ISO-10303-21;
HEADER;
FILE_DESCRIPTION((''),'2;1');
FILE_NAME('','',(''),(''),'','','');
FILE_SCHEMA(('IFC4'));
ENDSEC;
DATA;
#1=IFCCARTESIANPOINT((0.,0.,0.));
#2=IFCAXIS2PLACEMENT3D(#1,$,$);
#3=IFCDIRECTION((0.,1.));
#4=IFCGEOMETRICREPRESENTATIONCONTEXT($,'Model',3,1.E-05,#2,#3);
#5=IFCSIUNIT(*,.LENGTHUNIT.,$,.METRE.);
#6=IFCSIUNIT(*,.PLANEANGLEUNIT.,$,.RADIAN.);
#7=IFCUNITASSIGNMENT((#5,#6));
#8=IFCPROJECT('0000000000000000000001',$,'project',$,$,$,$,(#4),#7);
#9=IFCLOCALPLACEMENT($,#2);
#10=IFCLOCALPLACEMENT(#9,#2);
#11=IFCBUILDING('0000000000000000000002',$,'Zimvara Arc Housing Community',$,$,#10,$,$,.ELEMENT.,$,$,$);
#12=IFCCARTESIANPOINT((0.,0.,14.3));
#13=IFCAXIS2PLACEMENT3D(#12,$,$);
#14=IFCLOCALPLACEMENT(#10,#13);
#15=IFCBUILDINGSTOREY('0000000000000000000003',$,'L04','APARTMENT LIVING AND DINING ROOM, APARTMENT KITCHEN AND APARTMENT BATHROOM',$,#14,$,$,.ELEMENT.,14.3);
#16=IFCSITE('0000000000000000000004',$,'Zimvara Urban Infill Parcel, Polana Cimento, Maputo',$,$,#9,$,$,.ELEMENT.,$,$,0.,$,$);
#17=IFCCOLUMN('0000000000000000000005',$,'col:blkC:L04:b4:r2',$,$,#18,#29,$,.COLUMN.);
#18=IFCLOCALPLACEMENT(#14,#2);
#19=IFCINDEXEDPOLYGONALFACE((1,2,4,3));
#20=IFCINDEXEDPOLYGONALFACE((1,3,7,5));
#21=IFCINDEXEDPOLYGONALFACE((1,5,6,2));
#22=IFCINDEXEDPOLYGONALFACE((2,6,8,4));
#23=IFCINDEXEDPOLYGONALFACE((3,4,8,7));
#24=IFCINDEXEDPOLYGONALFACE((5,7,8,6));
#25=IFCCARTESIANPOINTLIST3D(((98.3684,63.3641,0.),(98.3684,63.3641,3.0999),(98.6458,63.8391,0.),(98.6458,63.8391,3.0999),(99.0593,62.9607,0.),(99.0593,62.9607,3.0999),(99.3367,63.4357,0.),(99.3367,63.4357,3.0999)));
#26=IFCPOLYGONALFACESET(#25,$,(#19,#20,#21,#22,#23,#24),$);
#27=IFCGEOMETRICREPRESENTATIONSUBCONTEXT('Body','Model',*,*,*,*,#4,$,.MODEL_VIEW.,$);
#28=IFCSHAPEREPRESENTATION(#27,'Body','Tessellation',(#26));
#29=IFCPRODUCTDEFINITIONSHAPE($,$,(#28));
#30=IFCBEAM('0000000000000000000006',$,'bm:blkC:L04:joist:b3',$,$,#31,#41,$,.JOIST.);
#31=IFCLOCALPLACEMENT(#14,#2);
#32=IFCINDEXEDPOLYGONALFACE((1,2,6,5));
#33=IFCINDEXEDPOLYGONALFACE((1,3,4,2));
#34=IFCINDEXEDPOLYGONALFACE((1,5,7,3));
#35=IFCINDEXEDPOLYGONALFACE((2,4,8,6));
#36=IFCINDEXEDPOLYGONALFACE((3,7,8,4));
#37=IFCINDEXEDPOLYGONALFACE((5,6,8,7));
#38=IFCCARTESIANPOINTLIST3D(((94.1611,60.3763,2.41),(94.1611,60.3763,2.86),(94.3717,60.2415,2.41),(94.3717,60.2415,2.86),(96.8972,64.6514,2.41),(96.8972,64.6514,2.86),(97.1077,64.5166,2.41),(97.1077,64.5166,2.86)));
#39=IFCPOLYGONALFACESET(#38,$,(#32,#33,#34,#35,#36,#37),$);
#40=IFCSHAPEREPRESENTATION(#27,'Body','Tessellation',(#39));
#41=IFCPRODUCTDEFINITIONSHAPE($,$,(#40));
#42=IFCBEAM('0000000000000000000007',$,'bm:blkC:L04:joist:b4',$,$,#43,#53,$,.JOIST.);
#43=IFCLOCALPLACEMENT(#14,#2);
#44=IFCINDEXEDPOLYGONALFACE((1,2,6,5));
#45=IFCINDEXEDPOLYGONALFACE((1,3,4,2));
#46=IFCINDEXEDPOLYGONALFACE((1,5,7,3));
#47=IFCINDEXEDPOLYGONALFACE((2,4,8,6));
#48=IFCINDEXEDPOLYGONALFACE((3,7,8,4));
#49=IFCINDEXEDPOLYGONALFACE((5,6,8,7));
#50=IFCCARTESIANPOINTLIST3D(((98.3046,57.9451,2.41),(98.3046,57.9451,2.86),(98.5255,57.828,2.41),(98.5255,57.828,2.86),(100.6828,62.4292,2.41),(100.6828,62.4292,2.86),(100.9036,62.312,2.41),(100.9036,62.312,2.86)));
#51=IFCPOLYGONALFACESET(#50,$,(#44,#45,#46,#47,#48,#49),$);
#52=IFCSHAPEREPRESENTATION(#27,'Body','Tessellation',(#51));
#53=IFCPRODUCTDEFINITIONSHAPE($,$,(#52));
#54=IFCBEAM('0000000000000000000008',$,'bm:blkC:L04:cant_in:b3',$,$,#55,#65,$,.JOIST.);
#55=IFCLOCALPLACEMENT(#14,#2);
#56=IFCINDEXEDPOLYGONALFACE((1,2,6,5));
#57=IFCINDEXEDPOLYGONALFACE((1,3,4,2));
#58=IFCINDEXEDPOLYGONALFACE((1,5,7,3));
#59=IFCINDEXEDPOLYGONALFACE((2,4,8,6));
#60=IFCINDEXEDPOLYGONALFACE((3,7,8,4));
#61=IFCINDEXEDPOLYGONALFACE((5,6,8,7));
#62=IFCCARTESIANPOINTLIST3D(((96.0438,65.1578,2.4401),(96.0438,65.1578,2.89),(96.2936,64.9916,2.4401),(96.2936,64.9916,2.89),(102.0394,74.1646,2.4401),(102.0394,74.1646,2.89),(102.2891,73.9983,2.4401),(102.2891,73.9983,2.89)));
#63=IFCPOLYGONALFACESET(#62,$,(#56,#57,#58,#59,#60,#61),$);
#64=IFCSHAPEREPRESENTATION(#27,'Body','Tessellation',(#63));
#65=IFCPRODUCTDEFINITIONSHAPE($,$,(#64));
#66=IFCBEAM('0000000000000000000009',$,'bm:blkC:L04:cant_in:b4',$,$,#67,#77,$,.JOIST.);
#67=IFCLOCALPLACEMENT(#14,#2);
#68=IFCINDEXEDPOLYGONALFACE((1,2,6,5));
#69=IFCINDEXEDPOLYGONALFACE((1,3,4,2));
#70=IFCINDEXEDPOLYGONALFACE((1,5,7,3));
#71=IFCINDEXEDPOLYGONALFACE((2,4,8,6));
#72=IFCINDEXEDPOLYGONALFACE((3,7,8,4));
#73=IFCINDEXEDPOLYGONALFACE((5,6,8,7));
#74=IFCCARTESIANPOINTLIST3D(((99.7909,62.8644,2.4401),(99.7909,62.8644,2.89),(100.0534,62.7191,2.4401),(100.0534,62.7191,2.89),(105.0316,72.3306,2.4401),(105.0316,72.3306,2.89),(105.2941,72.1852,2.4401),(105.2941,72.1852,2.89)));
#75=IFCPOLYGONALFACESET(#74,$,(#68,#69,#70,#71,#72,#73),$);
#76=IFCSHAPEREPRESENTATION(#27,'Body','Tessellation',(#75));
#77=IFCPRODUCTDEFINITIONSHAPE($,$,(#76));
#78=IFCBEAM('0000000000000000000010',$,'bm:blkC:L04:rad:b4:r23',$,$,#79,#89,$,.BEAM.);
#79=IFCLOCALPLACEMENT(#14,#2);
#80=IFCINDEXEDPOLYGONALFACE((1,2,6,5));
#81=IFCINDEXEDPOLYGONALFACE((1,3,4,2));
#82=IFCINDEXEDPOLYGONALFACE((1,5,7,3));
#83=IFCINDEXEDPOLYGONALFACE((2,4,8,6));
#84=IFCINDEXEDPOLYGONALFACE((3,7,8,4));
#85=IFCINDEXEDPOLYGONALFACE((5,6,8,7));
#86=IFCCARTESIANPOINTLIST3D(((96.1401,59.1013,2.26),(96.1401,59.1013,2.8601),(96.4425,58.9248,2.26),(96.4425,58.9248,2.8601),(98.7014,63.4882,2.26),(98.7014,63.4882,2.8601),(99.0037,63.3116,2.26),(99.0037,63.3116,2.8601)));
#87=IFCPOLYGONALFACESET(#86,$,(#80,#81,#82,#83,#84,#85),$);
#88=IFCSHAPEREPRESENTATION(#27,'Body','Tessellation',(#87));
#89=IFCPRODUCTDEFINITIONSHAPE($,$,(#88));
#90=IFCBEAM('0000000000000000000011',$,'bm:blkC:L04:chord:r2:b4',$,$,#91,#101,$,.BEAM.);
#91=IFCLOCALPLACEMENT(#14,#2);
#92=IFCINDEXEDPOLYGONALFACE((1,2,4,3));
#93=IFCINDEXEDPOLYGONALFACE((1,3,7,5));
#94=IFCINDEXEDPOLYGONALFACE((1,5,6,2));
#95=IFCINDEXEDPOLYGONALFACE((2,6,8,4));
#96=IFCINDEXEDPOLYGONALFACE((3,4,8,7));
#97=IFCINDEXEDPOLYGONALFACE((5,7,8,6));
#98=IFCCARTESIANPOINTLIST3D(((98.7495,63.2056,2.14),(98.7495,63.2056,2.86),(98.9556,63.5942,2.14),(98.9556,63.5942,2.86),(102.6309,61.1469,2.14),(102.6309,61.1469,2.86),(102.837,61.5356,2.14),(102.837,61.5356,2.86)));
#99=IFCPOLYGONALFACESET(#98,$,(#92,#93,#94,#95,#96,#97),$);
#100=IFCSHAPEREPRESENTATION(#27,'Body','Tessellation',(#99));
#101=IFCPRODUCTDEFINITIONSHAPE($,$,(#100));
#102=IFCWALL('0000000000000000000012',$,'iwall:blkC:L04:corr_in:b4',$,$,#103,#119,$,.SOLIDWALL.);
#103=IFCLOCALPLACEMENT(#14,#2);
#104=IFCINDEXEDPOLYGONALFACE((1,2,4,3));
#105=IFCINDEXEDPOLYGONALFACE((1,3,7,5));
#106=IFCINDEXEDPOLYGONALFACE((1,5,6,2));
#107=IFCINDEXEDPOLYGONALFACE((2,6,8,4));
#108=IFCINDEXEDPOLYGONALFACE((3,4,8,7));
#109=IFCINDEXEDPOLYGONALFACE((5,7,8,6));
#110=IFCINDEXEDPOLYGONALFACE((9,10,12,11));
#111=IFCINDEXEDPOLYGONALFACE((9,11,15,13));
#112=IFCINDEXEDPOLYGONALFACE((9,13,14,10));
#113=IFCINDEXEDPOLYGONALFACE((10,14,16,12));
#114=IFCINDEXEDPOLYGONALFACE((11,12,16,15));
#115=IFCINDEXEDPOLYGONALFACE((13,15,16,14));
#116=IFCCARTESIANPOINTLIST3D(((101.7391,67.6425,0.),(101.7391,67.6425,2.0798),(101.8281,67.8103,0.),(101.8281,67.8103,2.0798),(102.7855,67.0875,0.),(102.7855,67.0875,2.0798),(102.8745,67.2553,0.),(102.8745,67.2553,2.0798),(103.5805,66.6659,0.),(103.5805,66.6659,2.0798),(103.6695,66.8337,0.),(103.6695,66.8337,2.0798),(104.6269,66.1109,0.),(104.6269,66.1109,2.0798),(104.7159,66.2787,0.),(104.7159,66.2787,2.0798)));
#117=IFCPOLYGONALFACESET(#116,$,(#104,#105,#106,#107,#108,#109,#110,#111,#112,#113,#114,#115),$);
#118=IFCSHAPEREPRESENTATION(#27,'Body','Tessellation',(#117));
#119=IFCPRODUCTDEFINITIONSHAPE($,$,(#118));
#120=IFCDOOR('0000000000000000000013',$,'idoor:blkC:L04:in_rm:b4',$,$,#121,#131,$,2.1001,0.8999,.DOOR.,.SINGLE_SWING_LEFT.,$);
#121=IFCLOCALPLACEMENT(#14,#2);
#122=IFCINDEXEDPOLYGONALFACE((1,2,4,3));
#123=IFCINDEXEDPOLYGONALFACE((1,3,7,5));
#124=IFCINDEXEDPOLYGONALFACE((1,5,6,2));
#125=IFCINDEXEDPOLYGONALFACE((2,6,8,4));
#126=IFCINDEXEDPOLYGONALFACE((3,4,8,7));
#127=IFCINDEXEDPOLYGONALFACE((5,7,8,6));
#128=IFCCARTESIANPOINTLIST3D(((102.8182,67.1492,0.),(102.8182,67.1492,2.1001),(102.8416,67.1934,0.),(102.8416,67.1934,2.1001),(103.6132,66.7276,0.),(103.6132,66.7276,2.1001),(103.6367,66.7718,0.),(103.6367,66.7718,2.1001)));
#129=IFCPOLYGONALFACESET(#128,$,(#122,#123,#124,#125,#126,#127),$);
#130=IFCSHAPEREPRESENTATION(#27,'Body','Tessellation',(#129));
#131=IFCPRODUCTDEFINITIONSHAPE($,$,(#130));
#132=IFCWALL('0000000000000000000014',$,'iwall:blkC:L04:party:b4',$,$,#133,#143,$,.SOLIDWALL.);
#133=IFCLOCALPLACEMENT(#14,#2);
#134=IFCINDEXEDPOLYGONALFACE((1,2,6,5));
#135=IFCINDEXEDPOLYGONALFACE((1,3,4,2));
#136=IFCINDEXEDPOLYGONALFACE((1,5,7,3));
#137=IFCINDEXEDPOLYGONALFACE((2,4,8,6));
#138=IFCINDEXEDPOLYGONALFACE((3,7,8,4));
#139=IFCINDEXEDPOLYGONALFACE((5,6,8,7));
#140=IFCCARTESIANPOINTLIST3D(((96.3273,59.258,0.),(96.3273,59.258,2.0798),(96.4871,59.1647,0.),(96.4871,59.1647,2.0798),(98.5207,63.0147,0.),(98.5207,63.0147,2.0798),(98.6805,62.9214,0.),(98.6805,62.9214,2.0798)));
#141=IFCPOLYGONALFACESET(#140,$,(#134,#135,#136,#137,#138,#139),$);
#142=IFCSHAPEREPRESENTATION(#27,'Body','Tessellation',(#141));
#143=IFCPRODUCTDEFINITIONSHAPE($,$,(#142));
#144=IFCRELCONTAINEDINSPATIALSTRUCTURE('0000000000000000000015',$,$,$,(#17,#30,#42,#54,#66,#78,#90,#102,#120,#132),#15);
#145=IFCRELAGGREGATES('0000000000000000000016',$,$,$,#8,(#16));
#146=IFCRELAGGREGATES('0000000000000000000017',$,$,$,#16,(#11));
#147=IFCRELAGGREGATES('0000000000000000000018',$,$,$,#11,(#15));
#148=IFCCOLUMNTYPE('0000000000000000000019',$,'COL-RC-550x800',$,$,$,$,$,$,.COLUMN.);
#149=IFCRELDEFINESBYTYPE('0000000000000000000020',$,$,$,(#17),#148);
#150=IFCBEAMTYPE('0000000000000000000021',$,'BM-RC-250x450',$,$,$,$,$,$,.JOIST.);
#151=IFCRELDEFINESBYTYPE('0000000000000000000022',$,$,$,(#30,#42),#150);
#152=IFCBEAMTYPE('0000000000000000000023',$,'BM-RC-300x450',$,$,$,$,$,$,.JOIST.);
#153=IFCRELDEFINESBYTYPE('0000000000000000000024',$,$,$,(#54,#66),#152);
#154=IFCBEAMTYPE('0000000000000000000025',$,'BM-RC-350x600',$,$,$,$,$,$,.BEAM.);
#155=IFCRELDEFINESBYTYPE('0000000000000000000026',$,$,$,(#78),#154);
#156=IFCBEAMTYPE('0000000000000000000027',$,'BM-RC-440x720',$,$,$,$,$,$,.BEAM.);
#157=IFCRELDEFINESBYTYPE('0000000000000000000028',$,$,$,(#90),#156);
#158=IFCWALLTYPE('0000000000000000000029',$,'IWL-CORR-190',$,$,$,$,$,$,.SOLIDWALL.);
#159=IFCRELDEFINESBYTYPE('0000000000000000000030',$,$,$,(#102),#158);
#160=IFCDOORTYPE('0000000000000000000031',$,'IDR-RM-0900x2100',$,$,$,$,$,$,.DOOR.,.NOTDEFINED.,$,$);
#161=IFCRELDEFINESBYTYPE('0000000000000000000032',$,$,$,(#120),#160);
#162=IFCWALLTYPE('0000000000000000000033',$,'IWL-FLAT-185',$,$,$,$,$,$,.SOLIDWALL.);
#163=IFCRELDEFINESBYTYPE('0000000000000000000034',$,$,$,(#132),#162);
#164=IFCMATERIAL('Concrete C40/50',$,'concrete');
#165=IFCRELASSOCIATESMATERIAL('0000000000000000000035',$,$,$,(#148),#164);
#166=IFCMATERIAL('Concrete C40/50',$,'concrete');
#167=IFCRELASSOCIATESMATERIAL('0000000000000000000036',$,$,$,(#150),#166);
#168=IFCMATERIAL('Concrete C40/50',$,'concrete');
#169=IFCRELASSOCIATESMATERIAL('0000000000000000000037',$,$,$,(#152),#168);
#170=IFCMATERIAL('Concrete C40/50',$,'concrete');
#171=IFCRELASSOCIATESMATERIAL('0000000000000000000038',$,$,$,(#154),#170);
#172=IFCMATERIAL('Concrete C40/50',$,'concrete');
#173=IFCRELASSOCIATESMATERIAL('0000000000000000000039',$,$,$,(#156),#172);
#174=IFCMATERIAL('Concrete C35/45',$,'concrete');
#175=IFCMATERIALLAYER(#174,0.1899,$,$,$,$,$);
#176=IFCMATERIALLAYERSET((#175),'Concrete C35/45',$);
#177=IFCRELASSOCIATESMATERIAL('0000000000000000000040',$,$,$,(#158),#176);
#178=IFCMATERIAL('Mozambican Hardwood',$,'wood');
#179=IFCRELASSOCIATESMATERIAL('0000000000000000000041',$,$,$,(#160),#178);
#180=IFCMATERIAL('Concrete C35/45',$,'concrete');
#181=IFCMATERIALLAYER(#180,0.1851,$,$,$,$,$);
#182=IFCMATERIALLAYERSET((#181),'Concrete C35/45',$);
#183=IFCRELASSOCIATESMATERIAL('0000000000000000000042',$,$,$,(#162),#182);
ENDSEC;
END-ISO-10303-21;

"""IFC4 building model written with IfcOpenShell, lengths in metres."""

from ifc_helpers import new_model, si_unit, direction, frame, frame_2d, origin, origin_2d, place, context, subcontext, project, spatial, rectangle, extrude, material, layer, layer_set, material_profile, profile_set, type_object, element, fill, save


model = new_model("IFC4")

# Units and contexts
model_context = context("Model", 3, precision=1e-05, world=origin(), true_north=direction((0.0, 1.0)))
body_context = subcontext(model_context, "Body", "Model", "MODEL_VIEW")
ifc_project = project(units=[si_unit("LENGTHUNIT", "METRE"), si_unit("PLANEANGLEUNIT", "RADIAN")], contexts=[model_context])

# Site, building, storey
site_placement = place(None, origin())
site = spatial("IfcSite", under=ifc_project, at=site_placement, Name="Zimvara Urban Infill Parcel, Polana Cimento, Maputo", CompositionType="ELEMENT", RefElevation=0.0)
building_placement = place(site_placement, origin())
building = spatial("IfcBuilding", under=site, at=building_placement, Name="Zimvara Arc Housing Community", CompositionType="ELEMENT")
storey_placement = place(building_placement, frame((0.0, 0.0, 14.3)))
storey = spatial("IfcBuildingStorey", under=building, at=storey_placement, Name="L04", Description="APARTMENT LIVING AND DINING ROOM, APARTMENT KITCHEN AND APARTMENT BATHROOM", CompositionType="ELEMENT", Elevation=14.3)

# Column
ifc_material_1 = material(Name="Concrete C40/50", Category="concrete")
ifc_material_profile_1 = material_profile(ifc_material_1, rectangle(XDim=0.55, YDim=0.8, at=origin_2d()), Name="RC 550x800")
ifc_profile_set_1 = profile_set([ifc_material_profile_1], Name="Concrete C40/50")
column_type = type_object("IfcColumnType", Name="COL-RC-550x800", PredefinedType="COLUMN", material=ifc_profile_set_1)
column_placement = place(storey_placement, frame((98.8525, 63.3999, 0.0), z_axis=(0.0, 0.0, 1.0), x_axis=(-0.504226, -0.863572, 0.0)))
element("IfcColumn", 1, at=column_placement, inside=storey, type_object=column_type, Name="col:blkC:L04:b4:r2", PredefinedType="COLUMN", context=body_context, shape_type="SweptSolid", body=[
    extrude(rectangle(XDim=0.55, YDim=0.8, at=origin_2d()), origin(), (0.0, 0.0, 1.0), 3.0999),
])

# Beams
ifc_material_2 = material(Name="Concrete C40/50", Category="concrete")
ifc_material_profile_2 = material_profile(ifc_material_2, rectangle(XDim=0.25, YDim=0.45, at=origin_2d()), Name="RC 250x450")
ifc_profile_set_2 = profile_set([ifc_material_profile_2], Name="Concrete C40/50")
beam_type_1 = type_object("IfcBeamType", Name="BM-RC-250x450", PredefinedType="JOIST", material=ifc_profile_set_2)
for number, where, z_axis, x_axis, name in (
    (2, (97.0024, 64.584, 2.635), (-0.539052, -0.842272, 0.0), (0.842272, -0.539052, 0.0), "bm:blkC:L04:joist:b3"),
    (3, (100.7932, 62.3706, 2.635), (-0.468537, -0.883444, 0.0), (0.883444, -0.468537, 0.0), "bm:blkC:L04:joist:b4"),
):
    element("IfcBeam", number, at=place(storey_placement, frame(where, z_axis=z_axis, x_axis=x_axis)), inside=storey, type_object=beam_type_1, Name=name, PredefinedType="JOIST", context=body_context, shape_type="SweptSolid", body=[
        extrude(rectangle(XDim=0.25, YDim=0.45, at=origin_2d()), origin(), (0.0, 0.0, 1.0), 5.0757),
    ])
ifc_material_3 = material(Name="Concrete C40/50", Category="concrete")
ifc_material_profile_3 = material_profile(ifc_material_3, rectangle(XDim=0.3, YDim=0.45, at=origin_2d()), Name="RC 300x450")
ifc_profile_set_3 = profile_set([ifc_material_profile_3], Name="Concrete C40/50")
beam_type_2 = type_object("IfcBeamType", Name="BM-RC-300x450", PredefinedType="JOIST", material=ifc_profile_set_3)
beam_1_placement = place(storey_placement, frame((96.1687, 65.0747, 2.665), z_axis=(0.554127, 0.832432, 0.0), x_axis=(-0.832432, 0.554127, 0.0)))
element("IfcBeam", 4, at=beam_1_placement, inside=storey, type_object=beam_type_2, Name="bm:blkC:L04:cant_in:b3", PredefinedType="JOIST", context=body_context, shape_type="SweptSolid", body=[
    extrude(rectangle(XDim=0.3, YDim=0.45, at=origin_2d()), origin(), (0.0, 0.0, 1.0), 10.8198),
])
beam_2_placement = place(storey_placement, frame((99.9221, 62.7917, 2.665), z_axis=(0.484357, 0.87487, 0.0), x_axis=(-0.87487, 0.484357, 0.0)))
element("IfcBeam", 5, at=beam_2_placement, inside=storey, type_object=beam_type_2, Name="bm:blkC:L04:cant_in:b4", PredefinedType="JOIST", context=body_context, shape_type="SweptSolid", body=[
    extrude(rectangle(XDim=0.3, YDim=0.45, at=origin_2d()), origin(), (0.0, 0.0, 1.0), 10.8201),
])
ifc_material_4 = material(Name="Concrete C40/50", Category="concrete")
ifc_material_profile_4 = material_profile(ifc_material_4, rectangle(XDim=0.3501, YDim=0.6001, at=origin_2d()), Name="RC 350x600")
ifc_profile_set_4 = profile_set([ifc_material_profile_4], Name="Concrete C40/50")
beam_type_3 = type_object("IfcBeamType", Name="BM-RC-350x600", PredefinedType="BEAM", material=ifc_profile_set_4)
beam_3_placement = place(storey_placement, frame((98.8525, 63.3999, 2.5601), z_axis=(-0.504197, -0.863589, 0.0), x_axis=(0.863589, -0.504197, 0.0)))
element("IfcBeam", 6, at=beam_3_placement, inside=storey, type_object=beam_type_3, Name="bm:blkC:L04:rad:b4:r23", PredefinedType="BEAM", context=body_context, shape_type="SweptSolid", body=[
    extrude(rectangle(XDim=0.3501, YDim=0.6001, at=origin_2d()), origin(), (0.0, 0.0, 1.0), 5.0798),
])
ifc_material_5 = material(Name="Concrete C40/50", Category="concrete")
ifc_material_profile_5 = material_profile(ifc_material_5, rectangle(XDim=0.4399, YDim=0.72, at=origin_2d()), Name="RC 440x720")
ifc_profile_set_5 = profile_set([ifc_material_profile_5], Name="Concrete C40/50")
beam_type_4 = type_object("IfcBeamType", Name="BM-RC-440x720", PredefinedType="BEAM", material=ifc_profile_set_5)
beam_4_placement = place(storey_placement, frame((98.8525, 63.3999, 2.5), z_axis=(0.883434, -0.468557, 0.0), x_axis=(0.468557, 0.883434, 0.0)))
element("IfcBeam", 7, at=beam_4_placement, inside=storey, type_object=beam_type_4, Name="bm:blkC:L04:chord:r2:b4", PredefinedType="BEAM", context=body_context, shape_type="SweptSolid", body=[
    extrude(rectangle(XDim=0.4399, YDim=0.72, at=origin_2d()), origin(), (0.0, 0.0, 1.0), 4.3936),
])

# Wall, opening, door
ifc_material_6 = material(Name="Concrete C35/45", Category="concrete")
ifc_layer_1 = layer(ifc_material_6, 0.1899)
ifc_layer_set_1 = layer_set([ifc_layer_1], Name="Concrete C35/45")
wall_type_1 = type_object("IfcWallType", Name="IWL-CORR-190", PredefinedType="SOLIDWALL", material=ifc_layer_set_1)
wall_1_placement = place(storey_placement, frame((101.7837, 67.7263, 0.0), z_axis=(0.0, 0.0, 1.0), x_axis=(0.883444, -0.468536, 0.0)))
wall_1 = element("IfcWall", 8, at=wall_1_placement, inside=storey, type_object=wall_type_1, Name="iwall:blkC:L04:corr_in:b4", PredefinedType="SOLIDWALL", context=body_context, shape_type="SweptSolid", body=[
    extrude(rectangle(XDim=3.2688, YDim=0.1899, at=frame_2d((1.6343, 0.0))), origin(), (0.0, 0.0, 1.0), 2.0798),
])
opening_1_placement = place(wall_1_placement, frame((1.1843, 0.0, 0.0)))
opening_1 = element("IfcOpeningElement", 9, at=opening_1_placement, cuts=wall_1, PredefinedType="OPENING", context=body_context, shape_type="SweptSolid", body=[
    extrude(rectangle(XDim=0.8999, YDim=2.1001, at=frame_2d((0.45, 1.05))), frame((0.0, 0.105, 0.0), z_axis=(0.0, -1.0, 0.0), x_axis=(1.0, 0.0, 0.0)), (0.0, 0.0, 1.0), 0.21),
])
ifc_material_7 = material(Name="Mozambican Hardwood", Category="wood")
door_type_1 = type_object("IfcDoorType", Name="IDR-RM-0900x2100", OperationType="NOTDEFINED", PredefinedType="DOOR", material=ifc_material_7)
door_1_placement = place(opening_1_placement, origin())
door_1 = element("IfcDoor", 10, at=door_1_placement, inside=storey, type_object=door_type_1, Name="idoor:blkC:L04:in_rm:b4", OperationType="SINGLE_SWING_LEFT", OverallHeight=2.1001, OverallWidth=0.8999, PredefinedType="DOOR", context=body_context, shape_type="SweptSolid", body=[
    extrude(rectangle(XDim=0.8999, YDim=2.1001, at=frame_2d((0.45, 1.05))), frame((0.0, 0.0249, 0.0), z_axis=(0.0, -1.0, 0.0), x_axis=(1.0, 0.0, 0.0)), (0.0, 0.0, 1.0), 0.05),
])
fill(opening_1, door_1)

# Wall
ifc_material_8 = material(Name="Concrete C35/45", Category="concrete")
ifc_layer_2 = layer(ifc_material_8, 0.1851)
ifc_layer_set_2 = layer_set([ifc_layer_2], Name="Concrete C35/45")
wall_type_2 = type_object("IfcWallType", Name="IWL-FLAT-185", PredefinedType="SOLIDWALL", material=ifc_layer_set_2)
wall_2_placement = place(storey_placement, frame((98.6006, 62.968, 0.0), z_axis=(0.0, 0.0, 1.0), x_axis=(-0.504216, -0.863577, 0.0)))
element("IfcWall", 11, at=wall_2_placement, inside=storey, type_object=wall_type_2, Name="iwall:blkC:L04:party:b4", PredefinedType="SOLIDWALL", context=body_context, shape_type="SweptSolid", body=[
    extrude(rectangle(XDim=4.3501, YDim=0.1851, at=frame_2d((2.175, 0.0))), origin(), (0.0, 0.0, 1.0), 2.0798),
])

save(model, "model.ifc")
